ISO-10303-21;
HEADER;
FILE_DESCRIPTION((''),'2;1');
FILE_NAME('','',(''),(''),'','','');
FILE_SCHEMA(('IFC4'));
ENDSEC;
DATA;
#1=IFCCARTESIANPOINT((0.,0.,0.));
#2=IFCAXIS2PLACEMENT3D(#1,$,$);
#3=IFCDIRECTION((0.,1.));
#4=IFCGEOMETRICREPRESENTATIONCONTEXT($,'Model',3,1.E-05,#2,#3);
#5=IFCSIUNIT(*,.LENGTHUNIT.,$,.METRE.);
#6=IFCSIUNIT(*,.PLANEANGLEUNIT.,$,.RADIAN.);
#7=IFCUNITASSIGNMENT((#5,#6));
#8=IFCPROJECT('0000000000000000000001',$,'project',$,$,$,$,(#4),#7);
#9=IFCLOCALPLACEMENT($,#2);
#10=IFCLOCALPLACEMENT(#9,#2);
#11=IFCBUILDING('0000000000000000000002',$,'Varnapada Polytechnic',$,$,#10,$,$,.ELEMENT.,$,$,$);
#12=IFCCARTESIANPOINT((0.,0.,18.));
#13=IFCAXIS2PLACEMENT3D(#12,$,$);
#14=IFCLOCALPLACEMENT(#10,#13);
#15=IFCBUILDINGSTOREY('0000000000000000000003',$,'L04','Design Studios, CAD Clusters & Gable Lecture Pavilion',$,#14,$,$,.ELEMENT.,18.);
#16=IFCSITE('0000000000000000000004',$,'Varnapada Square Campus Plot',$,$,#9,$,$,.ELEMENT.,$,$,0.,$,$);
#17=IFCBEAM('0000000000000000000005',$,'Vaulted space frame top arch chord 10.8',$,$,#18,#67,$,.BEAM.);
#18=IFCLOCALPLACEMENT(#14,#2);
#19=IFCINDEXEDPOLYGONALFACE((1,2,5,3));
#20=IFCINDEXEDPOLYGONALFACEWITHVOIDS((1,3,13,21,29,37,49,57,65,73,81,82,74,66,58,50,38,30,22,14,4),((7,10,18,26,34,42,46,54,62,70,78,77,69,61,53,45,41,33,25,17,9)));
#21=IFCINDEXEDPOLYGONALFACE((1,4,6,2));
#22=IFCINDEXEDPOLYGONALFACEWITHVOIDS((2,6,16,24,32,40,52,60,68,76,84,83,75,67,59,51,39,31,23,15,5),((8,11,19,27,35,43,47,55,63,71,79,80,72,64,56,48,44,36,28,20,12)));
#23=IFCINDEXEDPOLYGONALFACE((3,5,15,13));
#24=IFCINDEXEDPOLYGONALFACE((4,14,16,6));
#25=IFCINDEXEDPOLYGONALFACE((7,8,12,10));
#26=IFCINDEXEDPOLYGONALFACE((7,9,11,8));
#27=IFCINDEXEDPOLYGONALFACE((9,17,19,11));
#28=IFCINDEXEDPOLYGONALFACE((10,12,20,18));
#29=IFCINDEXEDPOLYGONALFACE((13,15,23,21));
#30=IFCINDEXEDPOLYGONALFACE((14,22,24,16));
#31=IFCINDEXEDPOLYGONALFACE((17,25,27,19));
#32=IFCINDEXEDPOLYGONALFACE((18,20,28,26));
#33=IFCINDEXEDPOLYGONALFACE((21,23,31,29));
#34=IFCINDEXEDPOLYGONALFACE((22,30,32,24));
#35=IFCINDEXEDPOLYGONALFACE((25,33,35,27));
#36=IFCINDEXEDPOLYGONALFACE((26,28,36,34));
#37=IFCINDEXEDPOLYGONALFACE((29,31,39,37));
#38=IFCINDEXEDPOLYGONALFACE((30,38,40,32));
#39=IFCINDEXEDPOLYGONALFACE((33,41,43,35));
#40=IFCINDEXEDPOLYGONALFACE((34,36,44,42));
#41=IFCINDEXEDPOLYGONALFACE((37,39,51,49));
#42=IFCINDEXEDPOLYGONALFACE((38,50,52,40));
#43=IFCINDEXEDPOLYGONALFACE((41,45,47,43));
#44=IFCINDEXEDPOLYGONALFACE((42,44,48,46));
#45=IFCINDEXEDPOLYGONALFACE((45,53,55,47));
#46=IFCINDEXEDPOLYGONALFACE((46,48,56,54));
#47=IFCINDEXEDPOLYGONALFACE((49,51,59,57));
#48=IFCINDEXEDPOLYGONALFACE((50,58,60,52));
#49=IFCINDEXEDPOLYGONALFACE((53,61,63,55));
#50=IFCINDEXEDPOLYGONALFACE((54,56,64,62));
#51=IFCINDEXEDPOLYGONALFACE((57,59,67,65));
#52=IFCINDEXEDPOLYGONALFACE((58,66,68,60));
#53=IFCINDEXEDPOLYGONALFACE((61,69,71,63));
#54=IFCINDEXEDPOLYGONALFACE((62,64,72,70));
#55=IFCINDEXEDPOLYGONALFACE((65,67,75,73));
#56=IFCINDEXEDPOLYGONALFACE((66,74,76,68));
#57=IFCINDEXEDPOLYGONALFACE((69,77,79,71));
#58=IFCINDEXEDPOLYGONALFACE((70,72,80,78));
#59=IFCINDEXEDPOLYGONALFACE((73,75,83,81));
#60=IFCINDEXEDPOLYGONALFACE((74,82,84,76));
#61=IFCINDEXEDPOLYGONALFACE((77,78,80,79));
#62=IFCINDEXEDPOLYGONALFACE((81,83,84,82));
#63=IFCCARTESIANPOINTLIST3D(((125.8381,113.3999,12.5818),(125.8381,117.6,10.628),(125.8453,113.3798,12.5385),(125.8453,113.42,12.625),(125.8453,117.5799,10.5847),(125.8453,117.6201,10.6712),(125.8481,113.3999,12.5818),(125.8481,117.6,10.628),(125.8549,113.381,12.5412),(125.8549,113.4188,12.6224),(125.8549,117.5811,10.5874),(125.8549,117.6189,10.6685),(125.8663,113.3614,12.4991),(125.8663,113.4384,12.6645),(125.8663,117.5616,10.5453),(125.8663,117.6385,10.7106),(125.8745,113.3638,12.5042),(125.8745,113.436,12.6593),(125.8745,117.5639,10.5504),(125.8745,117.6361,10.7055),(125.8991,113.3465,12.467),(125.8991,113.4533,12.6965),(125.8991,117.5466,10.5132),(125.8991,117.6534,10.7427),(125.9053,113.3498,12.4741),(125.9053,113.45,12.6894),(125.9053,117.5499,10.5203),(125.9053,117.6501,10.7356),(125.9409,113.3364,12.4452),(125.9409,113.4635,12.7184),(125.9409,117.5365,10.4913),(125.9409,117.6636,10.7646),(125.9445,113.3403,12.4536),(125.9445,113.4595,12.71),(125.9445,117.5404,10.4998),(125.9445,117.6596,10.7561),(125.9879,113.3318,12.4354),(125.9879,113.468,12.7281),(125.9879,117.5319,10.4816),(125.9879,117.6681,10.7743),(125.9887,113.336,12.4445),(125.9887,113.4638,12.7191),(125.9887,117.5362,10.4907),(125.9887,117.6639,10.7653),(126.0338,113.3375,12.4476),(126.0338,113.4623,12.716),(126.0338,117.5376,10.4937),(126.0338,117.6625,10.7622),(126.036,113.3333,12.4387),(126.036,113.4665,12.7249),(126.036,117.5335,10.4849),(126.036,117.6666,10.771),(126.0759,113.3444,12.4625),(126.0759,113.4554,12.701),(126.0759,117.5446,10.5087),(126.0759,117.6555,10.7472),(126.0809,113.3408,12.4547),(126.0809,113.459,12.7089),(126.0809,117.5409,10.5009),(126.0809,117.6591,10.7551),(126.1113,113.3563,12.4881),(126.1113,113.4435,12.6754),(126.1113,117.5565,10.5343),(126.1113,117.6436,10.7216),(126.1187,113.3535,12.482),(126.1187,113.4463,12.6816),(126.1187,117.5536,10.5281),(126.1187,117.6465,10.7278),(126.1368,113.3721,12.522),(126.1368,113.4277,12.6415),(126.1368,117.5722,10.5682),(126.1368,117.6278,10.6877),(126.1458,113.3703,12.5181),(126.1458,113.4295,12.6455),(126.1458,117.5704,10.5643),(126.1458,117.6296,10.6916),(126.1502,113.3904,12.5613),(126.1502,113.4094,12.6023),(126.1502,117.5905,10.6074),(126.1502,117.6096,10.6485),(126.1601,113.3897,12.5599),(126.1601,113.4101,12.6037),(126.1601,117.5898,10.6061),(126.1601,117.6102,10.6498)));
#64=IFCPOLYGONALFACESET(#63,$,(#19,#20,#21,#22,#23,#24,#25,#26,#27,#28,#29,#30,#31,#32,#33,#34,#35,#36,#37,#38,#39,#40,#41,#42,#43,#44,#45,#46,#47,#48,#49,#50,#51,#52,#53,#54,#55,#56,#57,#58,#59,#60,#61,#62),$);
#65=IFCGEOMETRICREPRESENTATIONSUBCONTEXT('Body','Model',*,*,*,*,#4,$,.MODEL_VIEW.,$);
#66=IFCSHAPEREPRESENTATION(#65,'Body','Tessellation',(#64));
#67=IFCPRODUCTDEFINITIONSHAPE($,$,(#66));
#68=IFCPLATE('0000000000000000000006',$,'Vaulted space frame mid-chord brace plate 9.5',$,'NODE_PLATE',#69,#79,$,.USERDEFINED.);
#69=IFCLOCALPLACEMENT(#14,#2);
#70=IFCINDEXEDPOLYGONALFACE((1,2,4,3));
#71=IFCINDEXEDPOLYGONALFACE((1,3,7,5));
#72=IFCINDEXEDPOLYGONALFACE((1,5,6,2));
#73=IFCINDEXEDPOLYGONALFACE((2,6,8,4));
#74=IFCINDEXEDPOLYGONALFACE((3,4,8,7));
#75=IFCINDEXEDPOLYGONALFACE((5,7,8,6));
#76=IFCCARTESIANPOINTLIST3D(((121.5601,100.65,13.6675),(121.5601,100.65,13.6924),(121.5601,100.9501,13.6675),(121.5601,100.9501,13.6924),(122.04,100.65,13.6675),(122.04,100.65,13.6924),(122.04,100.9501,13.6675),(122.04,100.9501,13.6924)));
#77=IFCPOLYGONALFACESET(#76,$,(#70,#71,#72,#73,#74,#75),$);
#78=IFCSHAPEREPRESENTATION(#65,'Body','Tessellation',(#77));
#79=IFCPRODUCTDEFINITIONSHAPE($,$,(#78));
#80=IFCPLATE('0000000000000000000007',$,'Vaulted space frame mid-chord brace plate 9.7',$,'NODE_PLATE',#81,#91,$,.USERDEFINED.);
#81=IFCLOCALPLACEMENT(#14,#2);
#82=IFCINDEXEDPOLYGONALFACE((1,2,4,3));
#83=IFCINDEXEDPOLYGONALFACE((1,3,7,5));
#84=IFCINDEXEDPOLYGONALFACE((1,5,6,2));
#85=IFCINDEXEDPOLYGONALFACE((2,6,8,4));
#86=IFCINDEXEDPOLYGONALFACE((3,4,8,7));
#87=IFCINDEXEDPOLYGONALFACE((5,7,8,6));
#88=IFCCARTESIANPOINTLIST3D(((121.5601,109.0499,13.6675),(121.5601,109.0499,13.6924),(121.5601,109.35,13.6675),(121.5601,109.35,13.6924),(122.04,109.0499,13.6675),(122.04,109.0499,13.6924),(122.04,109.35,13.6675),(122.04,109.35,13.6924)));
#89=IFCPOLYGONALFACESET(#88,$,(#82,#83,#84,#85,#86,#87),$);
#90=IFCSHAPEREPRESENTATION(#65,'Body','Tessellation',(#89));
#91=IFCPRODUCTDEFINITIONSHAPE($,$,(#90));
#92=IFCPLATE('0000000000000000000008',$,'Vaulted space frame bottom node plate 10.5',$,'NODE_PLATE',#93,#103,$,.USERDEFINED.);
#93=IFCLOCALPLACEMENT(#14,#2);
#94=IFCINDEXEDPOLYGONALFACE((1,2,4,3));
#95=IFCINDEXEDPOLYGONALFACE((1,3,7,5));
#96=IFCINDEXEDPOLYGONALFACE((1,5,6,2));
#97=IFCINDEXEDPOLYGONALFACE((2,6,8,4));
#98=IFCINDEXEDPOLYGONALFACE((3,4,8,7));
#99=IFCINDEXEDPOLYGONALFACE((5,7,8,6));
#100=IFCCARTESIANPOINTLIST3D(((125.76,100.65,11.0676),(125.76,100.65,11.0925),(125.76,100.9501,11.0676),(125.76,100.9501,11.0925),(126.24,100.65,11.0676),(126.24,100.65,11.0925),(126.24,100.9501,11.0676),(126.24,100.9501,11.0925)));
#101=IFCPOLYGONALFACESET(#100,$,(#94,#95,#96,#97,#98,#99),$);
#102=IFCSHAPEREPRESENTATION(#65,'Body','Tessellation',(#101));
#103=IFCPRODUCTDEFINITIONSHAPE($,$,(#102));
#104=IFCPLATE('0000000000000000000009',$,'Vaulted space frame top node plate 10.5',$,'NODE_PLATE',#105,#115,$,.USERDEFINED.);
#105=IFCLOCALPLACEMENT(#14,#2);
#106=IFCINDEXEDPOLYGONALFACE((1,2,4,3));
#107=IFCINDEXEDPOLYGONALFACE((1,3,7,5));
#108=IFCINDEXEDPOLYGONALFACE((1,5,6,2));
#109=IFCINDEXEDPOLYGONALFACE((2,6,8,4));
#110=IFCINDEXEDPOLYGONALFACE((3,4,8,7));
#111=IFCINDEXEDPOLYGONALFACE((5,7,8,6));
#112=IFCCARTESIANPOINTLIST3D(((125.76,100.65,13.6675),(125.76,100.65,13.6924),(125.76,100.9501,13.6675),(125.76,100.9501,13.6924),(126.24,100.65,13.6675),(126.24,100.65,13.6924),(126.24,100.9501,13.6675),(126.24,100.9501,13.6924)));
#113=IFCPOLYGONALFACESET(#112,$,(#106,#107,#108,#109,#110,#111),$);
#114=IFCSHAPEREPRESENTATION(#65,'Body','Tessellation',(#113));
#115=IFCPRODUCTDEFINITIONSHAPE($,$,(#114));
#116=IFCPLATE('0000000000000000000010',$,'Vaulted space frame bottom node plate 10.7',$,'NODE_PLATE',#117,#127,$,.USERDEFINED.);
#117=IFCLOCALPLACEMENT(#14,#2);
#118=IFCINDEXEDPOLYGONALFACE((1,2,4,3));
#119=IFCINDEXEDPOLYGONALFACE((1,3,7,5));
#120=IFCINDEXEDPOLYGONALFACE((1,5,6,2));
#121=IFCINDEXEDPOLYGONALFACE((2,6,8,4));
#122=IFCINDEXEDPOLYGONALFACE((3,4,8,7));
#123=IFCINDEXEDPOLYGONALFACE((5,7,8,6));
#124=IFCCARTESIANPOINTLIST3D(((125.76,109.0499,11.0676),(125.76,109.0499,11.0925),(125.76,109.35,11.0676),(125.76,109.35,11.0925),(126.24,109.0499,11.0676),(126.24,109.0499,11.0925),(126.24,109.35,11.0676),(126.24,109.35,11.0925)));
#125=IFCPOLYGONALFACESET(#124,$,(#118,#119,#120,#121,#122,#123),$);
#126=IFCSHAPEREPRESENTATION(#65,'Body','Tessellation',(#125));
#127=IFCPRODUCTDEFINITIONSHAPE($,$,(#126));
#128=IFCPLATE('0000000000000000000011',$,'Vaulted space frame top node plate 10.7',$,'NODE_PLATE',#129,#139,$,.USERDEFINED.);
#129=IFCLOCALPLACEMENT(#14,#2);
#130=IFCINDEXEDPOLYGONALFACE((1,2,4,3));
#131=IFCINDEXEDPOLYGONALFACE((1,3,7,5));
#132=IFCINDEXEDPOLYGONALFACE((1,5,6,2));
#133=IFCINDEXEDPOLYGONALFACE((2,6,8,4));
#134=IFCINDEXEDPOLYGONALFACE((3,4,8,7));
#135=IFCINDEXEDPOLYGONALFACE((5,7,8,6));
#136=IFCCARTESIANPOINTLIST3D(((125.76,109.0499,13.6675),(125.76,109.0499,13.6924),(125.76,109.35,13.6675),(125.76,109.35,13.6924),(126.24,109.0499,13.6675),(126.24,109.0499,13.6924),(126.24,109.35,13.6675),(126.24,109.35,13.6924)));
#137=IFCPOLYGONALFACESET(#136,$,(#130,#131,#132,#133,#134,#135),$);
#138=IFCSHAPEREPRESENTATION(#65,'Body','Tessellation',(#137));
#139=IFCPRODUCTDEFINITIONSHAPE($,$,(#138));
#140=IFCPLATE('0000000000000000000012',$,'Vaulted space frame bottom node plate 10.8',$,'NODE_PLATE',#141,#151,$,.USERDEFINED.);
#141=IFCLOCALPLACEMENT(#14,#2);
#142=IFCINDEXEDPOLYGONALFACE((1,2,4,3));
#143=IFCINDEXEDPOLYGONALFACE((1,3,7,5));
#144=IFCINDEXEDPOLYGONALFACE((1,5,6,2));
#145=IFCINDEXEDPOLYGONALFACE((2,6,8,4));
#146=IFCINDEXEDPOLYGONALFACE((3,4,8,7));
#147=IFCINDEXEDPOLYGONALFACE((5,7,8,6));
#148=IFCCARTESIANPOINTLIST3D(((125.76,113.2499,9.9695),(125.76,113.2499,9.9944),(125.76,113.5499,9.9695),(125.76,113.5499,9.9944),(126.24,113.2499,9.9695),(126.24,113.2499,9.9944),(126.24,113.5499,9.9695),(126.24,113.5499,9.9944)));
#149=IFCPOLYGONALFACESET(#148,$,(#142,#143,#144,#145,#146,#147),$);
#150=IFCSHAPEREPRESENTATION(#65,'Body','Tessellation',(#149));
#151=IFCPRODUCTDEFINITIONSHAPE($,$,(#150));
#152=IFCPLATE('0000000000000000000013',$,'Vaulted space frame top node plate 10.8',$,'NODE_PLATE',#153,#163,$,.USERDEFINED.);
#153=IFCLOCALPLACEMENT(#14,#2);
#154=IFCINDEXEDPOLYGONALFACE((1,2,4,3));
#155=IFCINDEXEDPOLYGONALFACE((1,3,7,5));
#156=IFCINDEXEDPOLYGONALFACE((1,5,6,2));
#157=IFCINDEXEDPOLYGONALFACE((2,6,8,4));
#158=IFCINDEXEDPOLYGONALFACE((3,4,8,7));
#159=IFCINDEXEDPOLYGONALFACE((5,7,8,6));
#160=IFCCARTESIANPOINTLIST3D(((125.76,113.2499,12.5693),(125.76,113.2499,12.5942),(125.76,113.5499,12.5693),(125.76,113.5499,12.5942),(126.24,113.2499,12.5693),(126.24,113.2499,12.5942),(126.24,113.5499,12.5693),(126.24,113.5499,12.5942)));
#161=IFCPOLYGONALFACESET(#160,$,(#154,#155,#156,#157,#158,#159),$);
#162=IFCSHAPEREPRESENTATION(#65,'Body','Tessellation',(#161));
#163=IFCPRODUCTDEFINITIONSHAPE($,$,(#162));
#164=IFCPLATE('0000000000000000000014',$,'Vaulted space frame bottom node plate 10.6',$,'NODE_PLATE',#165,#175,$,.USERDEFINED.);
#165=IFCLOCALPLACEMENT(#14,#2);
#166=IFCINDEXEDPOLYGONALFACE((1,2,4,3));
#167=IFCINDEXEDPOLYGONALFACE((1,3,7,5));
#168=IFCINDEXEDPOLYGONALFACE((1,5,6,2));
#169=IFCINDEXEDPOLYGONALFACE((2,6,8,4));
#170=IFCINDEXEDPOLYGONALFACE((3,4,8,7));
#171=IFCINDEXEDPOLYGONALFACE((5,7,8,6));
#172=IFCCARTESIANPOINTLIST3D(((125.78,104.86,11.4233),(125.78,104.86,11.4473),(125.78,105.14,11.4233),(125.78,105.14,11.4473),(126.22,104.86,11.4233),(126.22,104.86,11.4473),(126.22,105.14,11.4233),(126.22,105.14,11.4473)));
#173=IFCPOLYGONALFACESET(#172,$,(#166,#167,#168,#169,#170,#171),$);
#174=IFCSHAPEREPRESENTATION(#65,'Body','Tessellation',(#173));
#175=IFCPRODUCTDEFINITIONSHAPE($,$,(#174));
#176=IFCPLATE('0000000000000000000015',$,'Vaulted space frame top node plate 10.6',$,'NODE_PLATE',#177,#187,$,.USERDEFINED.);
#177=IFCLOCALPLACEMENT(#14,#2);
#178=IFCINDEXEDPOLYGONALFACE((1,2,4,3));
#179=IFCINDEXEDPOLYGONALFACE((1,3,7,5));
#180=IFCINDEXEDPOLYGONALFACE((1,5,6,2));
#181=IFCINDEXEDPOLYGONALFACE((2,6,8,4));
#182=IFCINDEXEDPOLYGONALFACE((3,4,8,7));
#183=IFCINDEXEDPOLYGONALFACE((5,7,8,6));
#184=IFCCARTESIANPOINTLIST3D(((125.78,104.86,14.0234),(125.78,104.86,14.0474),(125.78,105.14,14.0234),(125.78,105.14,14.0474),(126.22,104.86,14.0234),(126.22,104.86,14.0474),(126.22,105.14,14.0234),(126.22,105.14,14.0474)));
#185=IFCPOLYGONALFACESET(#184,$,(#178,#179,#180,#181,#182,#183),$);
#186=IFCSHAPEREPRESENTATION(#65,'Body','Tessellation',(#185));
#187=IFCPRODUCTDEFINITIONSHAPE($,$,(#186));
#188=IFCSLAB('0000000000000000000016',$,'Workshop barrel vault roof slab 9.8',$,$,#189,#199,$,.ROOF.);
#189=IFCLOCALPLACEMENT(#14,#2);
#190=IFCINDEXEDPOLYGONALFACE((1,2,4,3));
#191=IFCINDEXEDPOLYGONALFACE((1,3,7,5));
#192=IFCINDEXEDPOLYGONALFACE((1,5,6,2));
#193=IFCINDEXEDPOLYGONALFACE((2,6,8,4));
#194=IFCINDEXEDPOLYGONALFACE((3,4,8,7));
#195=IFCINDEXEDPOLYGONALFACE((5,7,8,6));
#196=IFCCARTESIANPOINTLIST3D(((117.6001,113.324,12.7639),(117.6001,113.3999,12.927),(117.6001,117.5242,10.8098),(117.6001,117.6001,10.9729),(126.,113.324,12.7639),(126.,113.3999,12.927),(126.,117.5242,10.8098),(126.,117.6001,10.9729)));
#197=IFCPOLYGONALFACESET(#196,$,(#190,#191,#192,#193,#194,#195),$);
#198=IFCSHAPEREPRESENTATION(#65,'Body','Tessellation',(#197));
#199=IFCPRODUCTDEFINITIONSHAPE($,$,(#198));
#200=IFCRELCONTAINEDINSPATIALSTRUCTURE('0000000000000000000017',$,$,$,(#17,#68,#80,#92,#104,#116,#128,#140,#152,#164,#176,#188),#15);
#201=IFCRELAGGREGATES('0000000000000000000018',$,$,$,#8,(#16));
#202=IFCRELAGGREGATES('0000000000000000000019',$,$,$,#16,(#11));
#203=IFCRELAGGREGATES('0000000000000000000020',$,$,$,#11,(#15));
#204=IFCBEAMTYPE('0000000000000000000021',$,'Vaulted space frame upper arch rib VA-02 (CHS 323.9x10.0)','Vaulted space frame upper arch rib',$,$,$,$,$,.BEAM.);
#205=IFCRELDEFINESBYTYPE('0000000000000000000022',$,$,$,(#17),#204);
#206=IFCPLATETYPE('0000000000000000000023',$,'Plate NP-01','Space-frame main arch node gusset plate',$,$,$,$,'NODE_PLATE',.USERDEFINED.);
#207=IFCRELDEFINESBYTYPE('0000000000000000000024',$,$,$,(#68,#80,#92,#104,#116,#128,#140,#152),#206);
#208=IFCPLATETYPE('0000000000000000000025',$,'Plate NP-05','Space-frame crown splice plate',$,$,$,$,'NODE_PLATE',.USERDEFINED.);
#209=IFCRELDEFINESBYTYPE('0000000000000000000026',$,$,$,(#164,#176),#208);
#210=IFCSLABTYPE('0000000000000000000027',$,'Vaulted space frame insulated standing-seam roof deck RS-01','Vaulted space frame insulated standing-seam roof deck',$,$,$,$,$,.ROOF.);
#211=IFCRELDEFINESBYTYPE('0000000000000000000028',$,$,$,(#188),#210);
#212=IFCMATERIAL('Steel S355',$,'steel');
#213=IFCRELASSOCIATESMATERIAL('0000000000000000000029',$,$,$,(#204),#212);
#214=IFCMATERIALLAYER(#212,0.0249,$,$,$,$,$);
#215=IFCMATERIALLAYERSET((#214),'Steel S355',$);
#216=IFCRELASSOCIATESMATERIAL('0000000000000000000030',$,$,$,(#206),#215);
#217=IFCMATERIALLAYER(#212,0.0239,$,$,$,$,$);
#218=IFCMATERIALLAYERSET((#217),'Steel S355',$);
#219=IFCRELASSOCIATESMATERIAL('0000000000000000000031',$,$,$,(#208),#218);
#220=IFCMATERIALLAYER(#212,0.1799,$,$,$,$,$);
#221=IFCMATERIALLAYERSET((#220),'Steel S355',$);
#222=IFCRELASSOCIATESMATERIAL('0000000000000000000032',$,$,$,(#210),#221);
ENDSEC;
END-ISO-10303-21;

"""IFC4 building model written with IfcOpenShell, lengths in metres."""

from ifc_helpers import new_model, si_unit, direction, frame, origin, origin_2d, place, context, subcontext, project, spatial, polyline, rectangle, hollow_circle, outline, extrude, material, layer, layer_set, material_profile, profile_set, type_object, element, save


model = new_model("IFC4")

# Units and contexts
model_context = context("Model", 3, precision=1e-05, world=origin(), true_north=direction((0.0, 1.0)))
body_context = subcontext(model_context, "Body", "Model", "MODEL_VIEW")
ifc_project = project(units=[si_unit("LENGTHUNIT", "METRE"), si_unit("PLANEANGLEUNIT", "RADIAN")], contexts=[model_context])

# Site, building, storey
site_placement = place(None, origin())
site = spatial("IfcSite", under=ifc_project, at=site_placement, Name="Varnapada Square Campus Plot", CompositionType="ELEMENT", RefElevation=0.0)
building_placement = place(site_placement, origin())
building = spatial("IfcBuilding", under=site, at=building_placement, Name="Varnapada Polytechnic", CompositionType="ELEMENT")
storey_placement = place(building_placement, frame((0.0, 0.0, 18.0)))
storey = spatial("IfcBuildingStorey", under=building, at=storey_placement, Name="L04", Description="Design Studios, CAD Clusters & Gable Lecture Pavilion", CompositionType="ELEMENT", Elevation=18.0)

# Shared definitions
ifc_material = material(Name="Steel S355", Category="steel")

# Beam
ifc_material_profile_1 = material_profile(ifc_material, hollow_circle(Radius=0.1619, WallThickness=0.01, at=origin_2d()), Name="CHS 323.9x10.0")
ifc_profile_set_1 = profile_set([ifc_material_profile_1], Name="Steel S355")
beam_type_1 = type_object("IfcBeamType", Name="Vaulted space frame upper arch rib VA-02 (CHS 323.9x10.0)", Description="Vaulted space frame upper arch rib", PredefinedType="BEAM", material=ifc_profile_set_1)
beam_1_placement = place(storey_placement, frame((126.0, 113.3999, 12.5818), z_axis=(0.0, 0.906698, -0.42178), x_axis=(-1.0, 0.0, 0.0)))
element("IfcBeam", 1, at=beam_1_placement, inside=storey, type_object=beam_type_1, Name="Vaulted space frame top arch chord 10.8", PredefinedType="BEAM", context=body_context, shape_type="SweptSolid", body=[
    extrude(hollow_circle(Radius=0.1619, WallThickness=0.01, at=origin_2d()), origin(), (0.0, 0.0, 1.0), 4.6323),
])

# Plates
ifc_layer_1 = layer(ifc_material, 0.0249)
ifc_layer_set_1 = layer_set([ifc_layer_1], Name="Steel S355")
plate_type_1 = type_object("IfcPlateType", Name="Plate NP-01", Description="Space-frame main arch node gusset plate", ElementType="NODE_PLATE", PredefinedType="USERDEFINED", material=ifc_layer_set_1)
for number, where, z_axis, x_axis, name in (
    (2, (121.8, 100.8, 13.6675), (0.0, 0.0, 1.0), (1.0, 0.0, 0.0), "Vaulted space frame mid-chord brace plate 9.5"),
    (3, (121.8, 109.2, 13.6675), (0.0, 0.0, 1.0), (1.0, 0.0, 0.0), "Vaulted space frame mid-chord brace plate 9.7"),
    (4, (126.0, 100.8, 11.0676), (0.0, 0.0, 1.0), (1.0, 0.0, 0.0), "Vaulted space frame bottom node plate 10.5"),
    (5, (126.0, 100.8, 13.6675), (0.0, 0.0, 1.0), (1.0, 0.0, 0.0), "Vaulted space frame top node plate 10.5"),
    (6, (126.0, 109.2, 11.0676), (0.0, 0.0, 1.0), (1.0, 0.0, 0.0), "Vaulted space frame bottom node plate 10.7"),
    (7, (126.0, 109.2, 13.6675), (0.0, 0.0, 1.0), (1.0, 0.0, 0.0), "Vaulted space frame top node plate 10.7"),
    (8, (126.0, 113.3999, 9.9695), (0.0, 0.0, 1.0), (1.0, 0.0, 0.0), "Vaulted space frame bottom node plate 10.8"),
    (9, (126.0, 113.3999, 12.5693), (0.0, 0.0, 1.0), (1.0, 0.0, 0.0), "Vaulted space frame top node plate 10.8"),
):
    element("IfcPlate", number, at=place(storey_placement, frame(where, z_axis=z_axis, x_axis=x_axis)), inside=storey, type_object=plate_type_1, Name=name, ObjectType="NODE_PLATE", PredefinedType="USERDEFINED", context=body_context, shape_type="SweptSolid", body=[
        extrude(rectangle(XDim=0.48, YDim=0.3, at=origin_2d()), origin(), (0.0, 0.0, 1.0), 0.0249),
    ])
ifc_layer_2 = layer(ifc_material, 0.0239)
ifc_layer_set_2 = layer_set([ifc_layer_2], Name="Steel S355")
plate_type_2 = type_object("IfcPlateType", Name="Plate NP-05", Description="Space-frame crown splice plate", ElementType="NODE_PLATE", PredefinedType="USERDEFINED", material=ifc_layer_set_2)
for number, where, z_axis, x_axis, name in (
    (10, (126.0, 105.0, 11.4233), (0.0, 0.0, 1.0), (1.0, 0.0, 0.0), "Vaulted space frame bottom node plate 10.6"),
    (11, (126.0, 105.0, 14.0234), (0.0, 0.0, 1.0), (1.0, 0.0, 0.0), "Vaulted space frame top node plate 10.6"),
):
    element("IfcPlate", number, at=place(storey_placement, frame(where, z_axis=z_axis, x_axis=x_axis)), inside=storey, type_object=plate_type_2, Name=name, ObjectType="NODE_PLATE", PredefinedType="USERDEFINED", context=body_context, shape_type="SweptSolid", body=[
        extrude(rectangle(XDim=0.4399, YDim=0.28, at=origin_2d()), origin(), (0.0, 0.0, 1.0), 0.0239),
    ])

# Slab
ifc_layer_3 = layer(ifc_material, 0.1799)
ifc_layer_set_3 = layer_set([ifc_layer_3], Name="Steel S355")
slab_type = type_object("IfcSlabType", Name="Vaulted space frame insulated standing-seam roof deck RS-01", Description="Vaulted space frame insulated standing-seam roof deck", PredefinedType="ROOF", material=ifc_layer_set_3)
slab_placement = place(storey_placement, frame((117.6001, 113.3999, 12.927), z_axis=(0.0, 0.421823, 0.906678), x_axis=(1.0, 0.0, 0.0)))
element("IfcSlab", 12, at=slab_placement, inside=storey, type_object=slab_type, Name="Workshop barrel vault roof slab 9.8", PredefinedType="ROOF", context=body_context, shape_type="SweptSolid", body=[
    extrude(outline(polyline([(0.0, 0.0), (8.3999, 0.0), (8.3999, 4.6325), (0.0, 4.6325), (0.0, 0.0)])), origin(), (0.0, 0.0, -1.0), 0.1799),
])

save(model, "model.ifc")
